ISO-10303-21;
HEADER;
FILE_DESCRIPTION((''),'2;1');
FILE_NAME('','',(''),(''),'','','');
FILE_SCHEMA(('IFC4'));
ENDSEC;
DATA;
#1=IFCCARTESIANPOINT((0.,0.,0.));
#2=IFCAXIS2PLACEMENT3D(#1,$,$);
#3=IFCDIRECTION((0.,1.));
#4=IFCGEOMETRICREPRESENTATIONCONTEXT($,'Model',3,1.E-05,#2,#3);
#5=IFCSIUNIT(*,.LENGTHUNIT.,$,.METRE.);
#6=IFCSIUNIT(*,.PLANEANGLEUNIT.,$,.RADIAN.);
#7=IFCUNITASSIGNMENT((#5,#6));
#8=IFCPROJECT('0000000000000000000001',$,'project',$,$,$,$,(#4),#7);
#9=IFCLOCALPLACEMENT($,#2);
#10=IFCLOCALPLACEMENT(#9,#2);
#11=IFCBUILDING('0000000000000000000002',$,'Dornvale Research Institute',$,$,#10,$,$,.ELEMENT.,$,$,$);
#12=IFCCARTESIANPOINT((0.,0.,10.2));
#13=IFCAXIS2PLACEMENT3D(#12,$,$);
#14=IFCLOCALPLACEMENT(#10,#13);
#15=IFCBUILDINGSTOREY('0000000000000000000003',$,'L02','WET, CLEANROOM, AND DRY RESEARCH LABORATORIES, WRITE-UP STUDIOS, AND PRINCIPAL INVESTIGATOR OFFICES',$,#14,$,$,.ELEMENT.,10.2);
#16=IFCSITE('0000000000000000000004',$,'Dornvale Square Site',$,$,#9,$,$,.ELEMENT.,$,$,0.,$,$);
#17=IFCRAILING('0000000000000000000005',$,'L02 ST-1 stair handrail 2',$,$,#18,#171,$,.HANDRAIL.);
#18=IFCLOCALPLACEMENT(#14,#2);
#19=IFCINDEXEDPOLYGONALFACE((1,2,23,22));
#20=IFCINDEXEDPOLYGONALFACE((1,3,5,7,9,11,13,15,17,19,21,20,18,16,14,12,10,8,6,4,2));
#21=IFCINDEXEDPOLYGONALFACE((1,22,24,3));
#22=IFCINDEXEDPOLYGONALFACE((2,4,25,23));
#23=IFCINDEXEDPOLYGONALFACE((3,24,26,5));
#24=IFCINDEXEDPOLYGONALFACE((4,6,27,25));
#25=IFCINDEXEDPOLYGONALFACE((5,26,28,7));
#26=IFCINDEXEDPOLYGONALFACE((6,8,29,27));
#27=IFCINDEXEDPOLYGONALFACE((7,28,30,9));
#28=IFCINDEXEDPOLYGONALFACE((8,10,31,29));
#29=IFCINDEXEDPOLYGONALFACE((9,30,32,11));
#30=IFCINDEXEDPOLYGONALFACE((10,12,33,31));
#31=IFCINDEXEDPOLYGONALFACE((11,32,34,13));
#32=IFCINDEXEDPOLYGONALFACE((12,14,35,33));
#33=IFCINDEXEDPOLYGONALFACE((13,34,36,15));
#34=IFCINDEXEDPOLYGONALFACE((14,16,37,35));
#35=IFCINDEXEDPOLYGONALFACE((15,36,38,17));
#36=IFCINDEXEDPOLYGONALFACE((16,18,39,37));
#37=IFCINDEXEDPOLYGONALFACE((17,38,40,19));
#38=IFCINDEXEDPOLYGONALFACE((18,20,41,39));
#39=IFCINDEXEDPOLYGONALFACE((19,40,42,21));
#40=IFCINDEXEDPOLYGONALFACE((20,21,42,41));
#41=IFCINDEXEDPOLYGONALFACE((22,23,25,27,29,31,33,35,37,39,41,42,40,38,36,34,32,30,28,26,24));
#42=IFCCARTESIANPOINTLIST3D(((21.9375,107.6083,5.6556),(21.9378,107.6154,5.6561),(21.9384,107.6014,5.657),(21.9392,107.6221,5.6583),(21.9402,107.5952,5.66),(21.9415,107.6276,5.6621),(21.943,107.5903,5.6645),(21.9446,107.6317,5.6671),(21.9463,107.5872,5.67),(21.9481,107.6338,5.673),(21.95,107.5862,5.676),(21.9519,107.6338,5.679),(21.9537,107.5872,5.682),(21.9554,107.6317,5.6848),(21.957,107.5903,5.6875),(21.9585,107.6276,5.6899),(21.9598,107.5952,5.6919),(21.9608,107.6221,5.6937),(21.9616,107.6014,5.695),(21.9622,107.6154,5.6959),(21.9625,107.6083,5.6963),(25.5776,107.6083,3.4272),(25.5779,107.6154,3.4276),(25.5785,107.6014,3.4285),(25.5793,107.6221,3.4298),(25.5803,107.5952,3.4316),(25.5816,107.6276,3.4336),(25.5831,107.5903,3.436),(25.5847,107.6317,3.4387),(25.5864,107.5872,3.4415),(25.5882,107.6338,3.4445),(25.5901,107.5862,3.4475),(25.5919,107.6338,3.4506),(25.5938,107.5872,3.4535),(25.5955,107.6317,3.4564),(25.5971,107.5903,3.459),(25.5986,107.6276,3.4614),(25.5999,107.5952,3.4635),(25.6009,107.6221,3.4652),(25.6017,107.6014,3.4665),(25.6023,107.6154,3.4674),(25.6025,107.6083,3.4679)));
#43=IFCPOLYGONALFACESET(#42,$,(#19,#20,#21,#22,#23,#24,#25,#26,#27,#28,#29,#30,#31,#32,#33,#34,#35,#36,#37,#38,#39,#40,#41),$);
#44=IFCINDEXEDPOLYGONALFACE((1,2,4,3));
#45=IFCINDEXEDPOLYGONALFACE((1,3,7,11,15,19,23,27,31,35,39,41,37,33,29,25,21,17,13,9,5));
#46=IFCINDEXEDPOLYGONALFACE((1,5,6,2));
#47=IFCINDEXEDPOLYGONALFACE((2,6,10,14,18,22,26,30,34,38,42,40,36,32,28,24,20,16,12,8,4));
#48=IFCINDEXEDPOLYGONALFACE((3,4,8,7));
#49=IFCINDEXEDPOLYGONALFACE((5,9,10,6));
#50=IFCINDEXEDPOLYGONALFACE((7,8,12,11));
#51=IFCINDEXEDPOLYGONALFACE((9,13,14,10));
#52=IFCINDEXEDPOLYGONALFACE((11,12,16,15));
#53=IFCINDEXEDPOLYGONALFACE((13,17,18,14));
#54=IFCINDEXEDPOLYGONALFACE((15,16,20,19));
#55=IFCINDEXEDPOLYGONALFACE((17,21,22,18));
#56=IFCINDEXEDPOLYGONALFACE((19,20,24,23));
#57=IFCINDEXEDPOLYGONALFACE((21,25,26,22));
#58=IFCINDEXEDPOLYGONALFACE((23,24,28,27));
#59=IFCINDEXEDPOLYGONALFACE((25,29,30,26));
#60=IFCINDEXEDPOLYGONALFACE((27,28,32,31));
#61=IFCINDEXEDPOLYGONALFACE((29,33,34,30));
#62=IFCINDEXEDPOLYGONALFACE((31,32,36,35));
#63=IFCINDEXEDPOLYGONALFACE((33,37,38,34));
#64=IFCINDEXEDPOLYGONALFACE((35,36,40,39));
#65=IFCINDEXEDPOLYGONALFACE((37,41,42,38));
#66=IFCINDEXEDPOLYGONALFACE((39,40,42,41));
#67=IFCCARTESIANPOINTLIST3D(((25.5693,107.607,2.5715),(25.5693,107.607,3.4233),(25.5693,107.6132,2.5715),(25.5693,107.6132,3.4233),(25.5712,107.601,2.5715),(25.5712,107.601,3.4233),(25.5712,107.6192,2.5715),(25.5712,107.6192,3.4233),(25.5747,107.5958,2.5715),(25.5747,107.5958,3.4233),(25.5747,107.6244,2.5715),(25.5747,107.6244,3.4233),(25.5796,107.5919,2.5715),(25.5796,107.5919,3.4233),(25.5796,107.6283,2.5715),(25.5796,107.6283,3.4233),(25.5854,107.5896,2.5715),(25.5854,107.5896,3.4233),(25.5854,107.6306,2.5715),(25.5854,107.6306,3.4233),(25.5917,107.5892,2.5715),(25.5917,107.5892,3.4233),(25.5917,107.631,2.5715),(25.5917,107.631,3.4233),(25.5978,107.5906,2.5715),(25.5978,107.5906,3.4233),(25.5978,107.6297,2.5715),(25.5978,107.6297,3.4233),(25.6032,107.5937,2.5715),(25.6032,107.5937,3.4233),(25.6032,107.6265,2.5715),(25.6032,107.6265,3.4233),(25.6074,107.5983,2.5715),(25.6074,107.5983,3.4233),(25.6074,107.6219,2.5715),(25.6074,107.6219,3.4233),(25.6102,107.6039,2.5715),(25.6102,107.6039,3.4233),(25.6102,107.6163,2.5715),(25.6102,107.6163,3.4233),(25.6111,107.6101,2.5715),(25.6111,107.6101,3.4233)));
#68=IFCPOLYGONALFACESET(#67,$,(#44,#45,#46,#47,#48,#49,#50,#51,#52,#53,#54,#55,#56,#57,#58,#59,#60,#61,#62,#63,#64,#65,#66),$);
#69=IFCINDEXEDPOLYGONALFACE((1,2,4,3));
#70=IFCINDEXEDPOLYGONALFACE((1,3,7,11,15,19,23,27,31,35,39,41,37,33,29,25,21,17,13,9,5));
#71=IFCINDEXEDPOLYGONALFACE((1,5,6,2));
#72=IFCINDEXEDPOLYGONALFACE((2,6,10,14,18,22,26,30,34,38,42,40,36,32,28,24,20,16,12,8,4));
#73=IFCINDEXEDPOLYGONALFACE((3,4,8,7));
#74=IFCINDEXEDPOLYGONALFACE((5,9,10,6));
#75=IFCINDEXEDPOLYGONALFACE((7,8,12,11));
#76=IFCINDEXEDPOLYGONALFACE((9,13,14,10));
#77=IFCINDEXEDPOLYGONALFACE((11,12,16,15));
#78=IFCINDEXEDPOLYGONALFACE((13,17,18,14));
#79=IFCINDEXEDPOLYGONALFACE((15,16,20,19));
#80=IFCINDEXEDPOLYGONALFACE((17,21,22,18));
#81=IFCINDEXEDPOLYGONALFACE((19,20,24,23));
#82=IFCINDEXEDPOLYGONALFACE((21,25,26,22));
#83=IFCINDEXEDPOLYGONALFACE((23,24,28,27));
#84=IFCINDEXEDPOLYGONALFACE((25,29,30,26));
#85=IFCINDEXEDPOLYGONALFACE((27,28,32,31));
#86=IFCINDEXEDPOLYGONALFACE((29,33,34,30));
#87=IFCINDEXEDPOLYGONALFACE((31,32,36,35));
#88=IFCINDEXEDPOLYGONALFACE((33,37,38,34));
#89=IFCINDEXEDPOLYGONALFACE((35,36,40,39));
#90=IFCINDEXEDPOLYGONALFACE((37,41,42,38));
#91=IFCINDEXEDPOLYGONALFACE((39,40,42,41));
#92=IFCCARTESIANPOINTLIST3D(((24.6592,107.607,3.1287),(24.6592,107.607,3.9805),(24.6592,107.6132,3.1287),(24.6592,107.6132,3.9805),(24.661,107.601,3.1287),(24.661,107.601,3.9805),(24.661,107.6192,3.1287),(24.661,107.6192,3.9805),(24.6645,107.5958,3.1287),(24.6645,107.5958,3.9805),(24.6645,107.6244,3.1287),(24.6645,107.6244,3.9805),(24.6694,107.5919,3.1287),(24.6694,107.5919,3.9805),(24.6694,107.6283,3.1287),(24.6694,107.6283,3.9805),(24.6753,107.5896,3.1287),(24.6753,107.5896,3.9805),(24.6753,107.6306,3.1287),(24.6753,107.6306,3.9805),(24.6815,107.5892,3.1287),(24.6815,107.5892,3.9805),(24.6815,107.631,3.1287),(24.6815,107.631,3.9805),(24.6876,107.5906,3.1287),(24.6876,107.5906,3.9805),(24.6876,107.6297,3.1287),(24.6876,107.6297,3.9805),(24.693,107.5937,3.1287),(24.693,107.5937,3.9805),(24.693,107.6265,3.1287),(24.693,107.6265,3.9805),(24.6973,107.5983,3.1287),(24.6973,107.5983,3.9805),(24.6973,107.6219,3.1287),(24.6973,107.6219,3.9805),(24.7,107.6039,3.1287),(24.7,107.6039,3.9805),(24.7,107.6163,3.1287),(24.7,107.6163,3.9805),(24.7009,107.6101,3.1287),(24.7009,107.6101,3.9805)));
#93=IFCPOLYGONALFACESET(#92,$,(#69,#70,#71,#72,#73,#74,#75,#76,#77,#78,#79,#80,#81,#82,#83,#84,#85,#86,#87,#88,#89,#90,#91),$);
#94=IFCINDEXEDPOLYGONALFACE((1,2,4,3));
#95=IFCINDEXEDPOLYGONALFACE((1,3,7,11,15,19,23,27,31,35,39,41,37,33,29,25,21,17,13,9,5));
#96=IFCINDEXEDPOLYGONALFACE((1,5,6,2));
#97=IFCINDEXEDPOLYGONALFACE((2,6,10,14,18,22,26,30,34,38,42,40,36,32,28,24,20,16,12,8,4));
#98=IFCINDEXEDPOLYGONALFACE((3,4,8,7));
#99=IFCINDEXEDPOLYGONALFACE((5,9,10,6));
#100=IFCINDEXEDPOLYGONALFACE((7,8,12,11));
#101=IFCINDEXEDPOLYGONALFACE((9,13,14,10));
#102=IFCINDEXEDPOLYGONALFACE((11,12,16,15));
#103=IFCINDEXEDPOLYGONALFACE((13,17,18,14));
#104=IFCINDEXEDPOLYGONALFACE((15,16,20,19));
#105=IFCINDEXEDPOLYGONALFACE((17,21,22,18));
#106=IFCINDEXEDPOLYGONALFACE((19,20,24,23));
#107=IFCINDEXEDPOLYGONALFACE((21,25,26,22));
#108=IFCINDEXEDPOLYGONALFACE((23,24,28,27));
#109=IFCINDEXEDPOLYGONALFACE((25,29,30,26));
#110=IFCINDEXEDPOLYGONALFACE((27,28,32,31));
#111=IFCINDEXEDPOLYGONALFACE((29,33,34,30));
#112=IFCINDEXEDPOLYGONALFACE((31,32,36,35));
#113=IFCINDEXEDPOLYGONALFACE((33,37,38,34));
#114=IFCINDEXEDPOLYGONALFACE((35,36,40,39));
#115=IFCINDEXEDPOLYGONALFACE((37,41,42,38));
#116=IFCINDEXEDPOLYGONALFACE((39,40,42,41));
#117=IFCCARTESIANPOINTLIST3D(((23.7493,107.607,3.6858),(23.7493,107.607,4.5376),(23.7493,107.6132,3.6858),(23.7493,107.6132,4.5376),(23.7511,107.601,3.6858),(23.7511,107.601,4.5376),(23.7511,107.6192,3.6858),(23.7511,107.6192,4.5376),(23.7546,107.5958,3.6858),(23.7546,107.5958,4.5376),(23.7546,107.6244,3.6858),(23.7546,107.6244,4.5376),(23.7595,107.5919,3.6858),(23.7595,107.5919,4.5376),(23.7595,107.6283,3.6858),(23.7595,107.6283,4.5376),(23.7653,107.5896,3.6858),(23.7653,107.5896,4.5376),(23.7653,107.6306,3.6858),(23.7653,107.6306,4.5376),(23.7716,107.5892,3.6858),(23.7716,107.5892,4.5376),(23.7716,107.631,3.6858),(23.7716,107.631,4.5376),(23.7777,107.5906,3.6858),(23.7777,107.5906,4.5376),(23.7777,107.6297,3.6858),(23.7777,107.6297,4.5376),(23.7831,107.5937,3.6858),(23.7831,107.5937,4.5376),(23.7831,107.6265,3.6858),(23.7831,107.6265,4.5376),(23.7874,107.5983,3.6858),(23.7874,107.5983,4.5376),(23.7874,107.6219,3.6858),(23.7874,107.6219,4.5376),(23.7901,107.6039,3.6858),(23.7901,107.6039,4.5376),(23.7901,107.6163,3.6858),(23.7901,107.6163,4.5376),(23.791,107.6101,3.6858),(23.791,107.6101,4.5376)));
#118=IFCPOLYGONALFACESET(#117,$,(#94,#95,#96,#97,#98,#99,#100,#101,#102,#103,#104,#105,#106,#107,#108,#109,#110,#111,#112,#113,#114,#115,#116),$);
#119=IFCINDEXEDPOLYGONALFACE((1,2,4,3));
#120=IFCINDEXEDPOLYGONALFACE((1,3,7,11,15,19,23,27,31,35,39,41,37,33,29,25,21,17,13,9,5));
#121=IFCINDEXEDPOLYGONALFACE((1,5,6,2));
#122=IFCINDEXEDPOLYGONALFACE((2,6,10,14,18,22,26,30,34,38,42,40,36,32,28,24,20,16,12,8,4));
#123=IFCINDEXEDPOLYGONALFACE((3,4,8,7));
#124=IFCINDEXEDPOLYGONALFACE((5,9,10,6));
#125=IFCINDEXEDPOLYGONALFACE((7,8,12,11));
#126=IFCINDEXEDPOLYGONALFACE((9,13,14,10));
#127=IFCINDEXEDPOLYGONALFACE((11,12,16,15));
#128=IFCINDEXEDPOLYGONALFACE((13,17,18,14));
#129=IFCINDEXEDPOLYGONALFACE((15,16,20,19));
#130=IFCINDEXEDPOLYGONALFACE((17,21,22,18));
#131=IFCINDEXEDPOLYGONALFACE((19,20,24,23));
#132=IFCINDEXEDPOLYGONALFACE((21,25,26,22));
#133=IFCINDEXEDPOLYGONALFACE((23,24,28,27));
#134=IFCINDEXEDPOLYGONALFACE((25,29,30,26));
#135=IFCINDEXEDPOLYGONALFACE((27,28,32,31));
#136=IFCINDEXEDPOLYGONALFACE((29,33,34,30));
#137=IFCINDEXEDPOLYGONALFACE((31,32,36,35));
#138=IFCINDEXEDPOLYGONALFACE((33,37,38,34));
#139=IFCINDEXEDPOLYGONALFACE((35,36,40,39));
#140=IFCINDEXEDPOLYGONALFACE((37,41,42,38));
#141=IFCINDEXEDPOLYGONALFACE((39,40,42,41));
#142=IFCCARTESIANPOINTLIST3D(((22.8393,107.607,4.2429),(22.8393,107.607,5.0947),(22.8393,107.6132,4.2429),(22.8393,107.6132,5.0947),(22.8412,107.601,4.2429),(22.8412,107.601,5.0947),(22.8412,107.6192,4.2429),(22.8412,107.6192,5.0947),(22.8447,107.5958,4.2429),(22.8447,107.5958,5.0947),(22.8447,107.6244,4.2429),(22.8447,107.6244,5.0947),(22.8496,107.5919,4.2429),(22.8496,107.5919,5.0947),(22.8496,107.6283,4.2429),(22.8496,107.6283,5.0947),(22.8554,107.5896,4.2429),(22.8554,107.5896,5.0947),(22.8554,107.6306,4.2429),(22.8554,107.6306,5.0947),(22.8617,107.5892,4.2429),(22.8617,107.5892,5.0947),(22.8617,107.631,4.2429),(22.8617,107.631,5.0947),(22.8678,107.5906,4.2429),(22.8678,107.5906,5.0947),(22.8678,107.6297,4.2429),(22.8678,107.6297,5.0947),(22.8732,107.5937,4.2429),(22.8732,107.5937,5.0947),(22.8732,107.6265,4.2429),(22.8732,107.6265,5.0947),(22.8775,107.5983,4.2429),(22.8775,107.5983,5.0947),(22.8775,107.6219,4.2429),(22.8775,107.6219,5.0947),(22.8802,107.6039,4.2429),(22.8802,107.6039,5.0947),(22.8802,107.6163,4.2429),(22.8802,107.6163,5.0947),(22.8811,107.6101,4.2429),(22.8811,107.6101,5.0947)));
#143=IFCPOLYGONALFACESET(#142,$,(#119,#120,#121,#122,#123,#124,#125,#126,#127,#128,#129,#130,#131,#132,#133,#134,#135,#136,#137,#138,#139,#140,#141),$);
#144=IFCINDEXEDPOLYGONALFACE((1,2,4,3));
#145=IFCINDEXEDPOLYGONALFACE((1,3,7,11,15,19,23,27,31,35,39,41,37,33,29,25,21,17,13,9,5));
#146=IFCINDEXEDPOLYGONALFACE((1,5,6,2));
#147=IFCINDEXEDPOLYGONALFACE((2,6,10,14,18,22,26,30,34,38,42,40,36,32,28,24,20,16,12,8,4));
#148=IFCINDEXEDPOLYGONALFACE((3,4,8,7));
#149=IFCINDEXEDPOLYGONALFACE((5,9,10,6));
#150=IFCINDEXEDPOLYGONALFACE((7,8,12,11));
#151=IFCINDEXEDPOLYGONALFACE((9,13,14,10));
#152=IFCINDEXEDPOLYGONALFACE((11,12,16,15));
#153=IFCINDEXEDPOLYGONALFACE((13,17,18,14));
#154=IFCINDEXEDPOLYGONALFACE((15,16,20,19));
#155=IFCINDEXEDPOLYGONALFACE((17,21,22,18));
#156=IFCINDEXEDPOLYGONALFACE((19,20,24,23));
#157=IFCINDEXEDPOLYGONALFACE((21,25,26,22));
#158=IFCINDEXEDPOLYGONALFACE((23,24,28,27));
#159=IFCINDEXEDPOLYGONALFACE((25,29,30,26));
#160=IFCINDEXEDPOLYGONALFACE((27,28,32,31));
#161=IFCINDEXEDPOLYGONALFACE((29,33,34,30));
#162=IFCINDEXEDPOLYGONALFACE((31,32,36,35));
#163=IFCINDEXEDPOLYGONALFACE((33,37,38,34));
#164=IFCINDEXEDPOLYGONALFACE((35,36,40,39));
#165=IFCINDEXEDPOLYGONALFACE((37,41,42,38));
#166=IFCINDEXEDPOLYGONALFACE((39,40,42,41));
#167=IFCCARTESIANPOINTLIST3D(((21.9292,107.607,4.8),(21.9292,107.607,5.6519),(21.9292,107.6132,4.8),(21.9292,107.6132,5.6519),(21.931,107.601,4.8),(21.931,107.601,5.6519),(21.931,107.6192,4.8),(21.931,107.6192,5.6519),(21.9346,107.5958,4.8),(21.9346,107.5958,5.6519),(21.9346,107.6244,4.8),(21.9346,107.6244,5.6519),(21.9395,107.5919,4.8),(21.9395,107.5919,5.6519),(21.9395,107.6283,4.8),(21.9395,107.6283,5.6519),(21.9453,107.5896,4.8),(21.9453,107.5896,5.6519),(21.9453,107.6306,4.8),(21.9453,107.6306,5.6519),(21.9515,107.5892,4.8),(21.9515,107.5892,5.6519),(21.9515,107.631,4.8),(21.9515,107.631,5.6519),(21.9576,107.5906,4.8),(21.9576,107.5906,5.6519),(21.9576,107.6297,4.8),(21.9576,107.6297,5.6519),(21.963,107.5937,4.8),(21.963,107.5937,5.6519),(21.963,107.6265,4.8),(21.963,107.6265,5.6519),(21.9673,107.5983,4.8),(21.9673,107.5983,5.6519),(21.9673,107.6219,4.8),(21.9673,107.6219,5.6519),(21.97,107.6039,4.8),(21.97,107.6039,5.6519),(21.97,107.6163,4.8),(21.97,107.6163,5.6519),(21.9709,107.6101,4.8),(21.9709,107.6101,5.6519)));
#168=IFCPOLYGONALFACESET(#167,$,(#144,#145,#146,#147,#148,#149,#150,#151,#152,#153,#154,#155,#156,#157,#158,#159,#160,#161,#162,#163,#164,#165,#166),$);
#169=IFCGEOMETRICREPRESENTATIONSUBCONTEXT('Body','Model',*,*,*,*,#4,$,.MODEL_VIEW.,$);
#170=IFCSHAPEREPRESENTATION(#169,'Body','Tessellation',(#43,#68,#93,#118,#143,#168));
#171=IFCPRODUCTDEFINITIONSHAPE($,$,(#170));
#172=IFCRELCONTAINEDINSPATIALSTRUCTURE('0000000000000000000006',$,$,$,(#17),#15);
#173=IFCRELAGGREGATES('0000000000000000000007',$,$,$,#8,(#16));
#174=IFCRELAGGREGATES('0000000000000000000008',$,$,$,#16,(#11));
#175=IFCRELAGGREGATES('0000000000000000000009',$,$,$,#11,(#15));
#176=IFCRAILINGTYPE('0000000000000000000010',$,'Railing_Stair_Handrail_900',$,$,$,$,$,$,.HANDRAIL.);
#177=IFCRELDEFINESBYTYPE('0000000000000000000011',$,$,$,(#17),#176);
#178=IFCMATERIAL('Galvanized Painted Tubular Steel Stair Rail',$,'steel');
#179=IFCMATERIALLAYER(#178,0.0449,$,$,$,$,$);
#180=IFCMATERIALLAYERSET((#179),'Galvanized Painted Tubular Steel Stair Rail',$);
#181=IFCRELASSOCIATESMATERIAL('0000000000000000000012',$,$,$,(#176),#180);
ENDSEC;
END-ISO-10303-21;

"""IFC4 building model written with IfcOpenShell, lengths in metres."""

from ifc_helpers import new_model, si_unit, direction, frame, origin, origin_2d, place, context, subcontext, project, spatial, circle, extrude, material, layer, layer_set, type_object, element, save


model = new_model("IFC4")

# Units and contexts
model_context = context("Model", 3, precision=1e-05, world=origin(), true_north=direction((0.0, 1.0)))
body_context = subcontext(model_context, "Body", "Model", "MODEL_VIEW")
ifc_project = project(units=[si_unit("LENGTHUNIT", "METRE"), si_unit("PLANEANGLEUNIT", "RADIAN")], contexts=[model_context])

# Site, building, storey
site_placement = place(None, origin())
site = spatial("IfcSite", under=ifc_project, at=site_placement, Name="Dornvale Square Site", CompositionType="ELEMENT", RefElevation=0.0)
building_placement = place(site_placement, origin())
building = spatial("IfcBuilding", under=site, at=building_placement, Name="Dornvale Research Institute", CompositionType="ELEMENT")
storey_placement = place(building_placement, frame((0.0, 0.0, 10.2)))
storey = spatial("IfcBuildingStorey", under=building, at=storey_placement, Name="L02", Description="WET, CLEANROOM, AND DRY RESEARCH LABORATORIES, WRITE-UP STUDIOS, AND PRINCIPAL INVESTIGATOR OFFICES", CompositionType="ELEMENT", Elevation=10.2)

# Railing
ifc_material_1 = material(Name="Galvanized Painted Tubular Steel Stair Rail", Category="steel")
ifc_layer_1 = layer(ifc_material_1, 0.0449)
ifc_layer_set_1 = layer_set([ifc_layer_1], Name="Galvanized Painted Tubular Steel Stair Rail")
railing_type_1 = type_object("IfcRailingType", Name="Railing_Stair_Handrail_900", PredefinedType="HANDRAIL", material=ifc_layer_set_1)
railing_1_placement = place(storey_placement, frame((25.5901, 107.6101, 2.5715)))
element("IfcRailing", 1, at=railing_1_placement, inside=storey, type_object=railing_type_1, Name="L02 ST-1 stair handrail 2", PredefinedType="HANDRAIL", context=body_context, shape_type="SweptSolid", body=[
    extrude(circle(Radius=0.0239, at=origin_2d()), frame((0.0, 0.0, 0.876), z_axis=(-0.852866, 0.0, 0.52213), x_axis=(0.0, -1.0, 0.0)), (0.0, 0.0, 1.0), 4.2681),
    extrude(circle(Radius=0.021, at=origin_2d()), origin(), (0.0, 0.0, 1.0), 0.8518),
    extrude(circle(Radius=0.021, at=origin_2d()), frame((-0.9102, 0.0, 0.5571)), (0.0, 0.0, 1.0), 0.8518),
    extrude(circle(Radius=0.021, at=origin_2d()), frame((-1.8201, 0.0, 1.1143)), (0.0, 0.0, 1.0), 0.8518),
    extrude(circle(Radius=0.021, at=origin_2d()), frame((-2.73, 0.0, 1.6714)), (0.0, 0.0, 1.0), 0.8518),
    extrude(circle(Radius=0.021, at=origin_2d()), frame((-3.6401, 0.0, 2.2285)), (0.0, 0.0, 1.0), 0.8518),
])

save(model, "model.ifc")
